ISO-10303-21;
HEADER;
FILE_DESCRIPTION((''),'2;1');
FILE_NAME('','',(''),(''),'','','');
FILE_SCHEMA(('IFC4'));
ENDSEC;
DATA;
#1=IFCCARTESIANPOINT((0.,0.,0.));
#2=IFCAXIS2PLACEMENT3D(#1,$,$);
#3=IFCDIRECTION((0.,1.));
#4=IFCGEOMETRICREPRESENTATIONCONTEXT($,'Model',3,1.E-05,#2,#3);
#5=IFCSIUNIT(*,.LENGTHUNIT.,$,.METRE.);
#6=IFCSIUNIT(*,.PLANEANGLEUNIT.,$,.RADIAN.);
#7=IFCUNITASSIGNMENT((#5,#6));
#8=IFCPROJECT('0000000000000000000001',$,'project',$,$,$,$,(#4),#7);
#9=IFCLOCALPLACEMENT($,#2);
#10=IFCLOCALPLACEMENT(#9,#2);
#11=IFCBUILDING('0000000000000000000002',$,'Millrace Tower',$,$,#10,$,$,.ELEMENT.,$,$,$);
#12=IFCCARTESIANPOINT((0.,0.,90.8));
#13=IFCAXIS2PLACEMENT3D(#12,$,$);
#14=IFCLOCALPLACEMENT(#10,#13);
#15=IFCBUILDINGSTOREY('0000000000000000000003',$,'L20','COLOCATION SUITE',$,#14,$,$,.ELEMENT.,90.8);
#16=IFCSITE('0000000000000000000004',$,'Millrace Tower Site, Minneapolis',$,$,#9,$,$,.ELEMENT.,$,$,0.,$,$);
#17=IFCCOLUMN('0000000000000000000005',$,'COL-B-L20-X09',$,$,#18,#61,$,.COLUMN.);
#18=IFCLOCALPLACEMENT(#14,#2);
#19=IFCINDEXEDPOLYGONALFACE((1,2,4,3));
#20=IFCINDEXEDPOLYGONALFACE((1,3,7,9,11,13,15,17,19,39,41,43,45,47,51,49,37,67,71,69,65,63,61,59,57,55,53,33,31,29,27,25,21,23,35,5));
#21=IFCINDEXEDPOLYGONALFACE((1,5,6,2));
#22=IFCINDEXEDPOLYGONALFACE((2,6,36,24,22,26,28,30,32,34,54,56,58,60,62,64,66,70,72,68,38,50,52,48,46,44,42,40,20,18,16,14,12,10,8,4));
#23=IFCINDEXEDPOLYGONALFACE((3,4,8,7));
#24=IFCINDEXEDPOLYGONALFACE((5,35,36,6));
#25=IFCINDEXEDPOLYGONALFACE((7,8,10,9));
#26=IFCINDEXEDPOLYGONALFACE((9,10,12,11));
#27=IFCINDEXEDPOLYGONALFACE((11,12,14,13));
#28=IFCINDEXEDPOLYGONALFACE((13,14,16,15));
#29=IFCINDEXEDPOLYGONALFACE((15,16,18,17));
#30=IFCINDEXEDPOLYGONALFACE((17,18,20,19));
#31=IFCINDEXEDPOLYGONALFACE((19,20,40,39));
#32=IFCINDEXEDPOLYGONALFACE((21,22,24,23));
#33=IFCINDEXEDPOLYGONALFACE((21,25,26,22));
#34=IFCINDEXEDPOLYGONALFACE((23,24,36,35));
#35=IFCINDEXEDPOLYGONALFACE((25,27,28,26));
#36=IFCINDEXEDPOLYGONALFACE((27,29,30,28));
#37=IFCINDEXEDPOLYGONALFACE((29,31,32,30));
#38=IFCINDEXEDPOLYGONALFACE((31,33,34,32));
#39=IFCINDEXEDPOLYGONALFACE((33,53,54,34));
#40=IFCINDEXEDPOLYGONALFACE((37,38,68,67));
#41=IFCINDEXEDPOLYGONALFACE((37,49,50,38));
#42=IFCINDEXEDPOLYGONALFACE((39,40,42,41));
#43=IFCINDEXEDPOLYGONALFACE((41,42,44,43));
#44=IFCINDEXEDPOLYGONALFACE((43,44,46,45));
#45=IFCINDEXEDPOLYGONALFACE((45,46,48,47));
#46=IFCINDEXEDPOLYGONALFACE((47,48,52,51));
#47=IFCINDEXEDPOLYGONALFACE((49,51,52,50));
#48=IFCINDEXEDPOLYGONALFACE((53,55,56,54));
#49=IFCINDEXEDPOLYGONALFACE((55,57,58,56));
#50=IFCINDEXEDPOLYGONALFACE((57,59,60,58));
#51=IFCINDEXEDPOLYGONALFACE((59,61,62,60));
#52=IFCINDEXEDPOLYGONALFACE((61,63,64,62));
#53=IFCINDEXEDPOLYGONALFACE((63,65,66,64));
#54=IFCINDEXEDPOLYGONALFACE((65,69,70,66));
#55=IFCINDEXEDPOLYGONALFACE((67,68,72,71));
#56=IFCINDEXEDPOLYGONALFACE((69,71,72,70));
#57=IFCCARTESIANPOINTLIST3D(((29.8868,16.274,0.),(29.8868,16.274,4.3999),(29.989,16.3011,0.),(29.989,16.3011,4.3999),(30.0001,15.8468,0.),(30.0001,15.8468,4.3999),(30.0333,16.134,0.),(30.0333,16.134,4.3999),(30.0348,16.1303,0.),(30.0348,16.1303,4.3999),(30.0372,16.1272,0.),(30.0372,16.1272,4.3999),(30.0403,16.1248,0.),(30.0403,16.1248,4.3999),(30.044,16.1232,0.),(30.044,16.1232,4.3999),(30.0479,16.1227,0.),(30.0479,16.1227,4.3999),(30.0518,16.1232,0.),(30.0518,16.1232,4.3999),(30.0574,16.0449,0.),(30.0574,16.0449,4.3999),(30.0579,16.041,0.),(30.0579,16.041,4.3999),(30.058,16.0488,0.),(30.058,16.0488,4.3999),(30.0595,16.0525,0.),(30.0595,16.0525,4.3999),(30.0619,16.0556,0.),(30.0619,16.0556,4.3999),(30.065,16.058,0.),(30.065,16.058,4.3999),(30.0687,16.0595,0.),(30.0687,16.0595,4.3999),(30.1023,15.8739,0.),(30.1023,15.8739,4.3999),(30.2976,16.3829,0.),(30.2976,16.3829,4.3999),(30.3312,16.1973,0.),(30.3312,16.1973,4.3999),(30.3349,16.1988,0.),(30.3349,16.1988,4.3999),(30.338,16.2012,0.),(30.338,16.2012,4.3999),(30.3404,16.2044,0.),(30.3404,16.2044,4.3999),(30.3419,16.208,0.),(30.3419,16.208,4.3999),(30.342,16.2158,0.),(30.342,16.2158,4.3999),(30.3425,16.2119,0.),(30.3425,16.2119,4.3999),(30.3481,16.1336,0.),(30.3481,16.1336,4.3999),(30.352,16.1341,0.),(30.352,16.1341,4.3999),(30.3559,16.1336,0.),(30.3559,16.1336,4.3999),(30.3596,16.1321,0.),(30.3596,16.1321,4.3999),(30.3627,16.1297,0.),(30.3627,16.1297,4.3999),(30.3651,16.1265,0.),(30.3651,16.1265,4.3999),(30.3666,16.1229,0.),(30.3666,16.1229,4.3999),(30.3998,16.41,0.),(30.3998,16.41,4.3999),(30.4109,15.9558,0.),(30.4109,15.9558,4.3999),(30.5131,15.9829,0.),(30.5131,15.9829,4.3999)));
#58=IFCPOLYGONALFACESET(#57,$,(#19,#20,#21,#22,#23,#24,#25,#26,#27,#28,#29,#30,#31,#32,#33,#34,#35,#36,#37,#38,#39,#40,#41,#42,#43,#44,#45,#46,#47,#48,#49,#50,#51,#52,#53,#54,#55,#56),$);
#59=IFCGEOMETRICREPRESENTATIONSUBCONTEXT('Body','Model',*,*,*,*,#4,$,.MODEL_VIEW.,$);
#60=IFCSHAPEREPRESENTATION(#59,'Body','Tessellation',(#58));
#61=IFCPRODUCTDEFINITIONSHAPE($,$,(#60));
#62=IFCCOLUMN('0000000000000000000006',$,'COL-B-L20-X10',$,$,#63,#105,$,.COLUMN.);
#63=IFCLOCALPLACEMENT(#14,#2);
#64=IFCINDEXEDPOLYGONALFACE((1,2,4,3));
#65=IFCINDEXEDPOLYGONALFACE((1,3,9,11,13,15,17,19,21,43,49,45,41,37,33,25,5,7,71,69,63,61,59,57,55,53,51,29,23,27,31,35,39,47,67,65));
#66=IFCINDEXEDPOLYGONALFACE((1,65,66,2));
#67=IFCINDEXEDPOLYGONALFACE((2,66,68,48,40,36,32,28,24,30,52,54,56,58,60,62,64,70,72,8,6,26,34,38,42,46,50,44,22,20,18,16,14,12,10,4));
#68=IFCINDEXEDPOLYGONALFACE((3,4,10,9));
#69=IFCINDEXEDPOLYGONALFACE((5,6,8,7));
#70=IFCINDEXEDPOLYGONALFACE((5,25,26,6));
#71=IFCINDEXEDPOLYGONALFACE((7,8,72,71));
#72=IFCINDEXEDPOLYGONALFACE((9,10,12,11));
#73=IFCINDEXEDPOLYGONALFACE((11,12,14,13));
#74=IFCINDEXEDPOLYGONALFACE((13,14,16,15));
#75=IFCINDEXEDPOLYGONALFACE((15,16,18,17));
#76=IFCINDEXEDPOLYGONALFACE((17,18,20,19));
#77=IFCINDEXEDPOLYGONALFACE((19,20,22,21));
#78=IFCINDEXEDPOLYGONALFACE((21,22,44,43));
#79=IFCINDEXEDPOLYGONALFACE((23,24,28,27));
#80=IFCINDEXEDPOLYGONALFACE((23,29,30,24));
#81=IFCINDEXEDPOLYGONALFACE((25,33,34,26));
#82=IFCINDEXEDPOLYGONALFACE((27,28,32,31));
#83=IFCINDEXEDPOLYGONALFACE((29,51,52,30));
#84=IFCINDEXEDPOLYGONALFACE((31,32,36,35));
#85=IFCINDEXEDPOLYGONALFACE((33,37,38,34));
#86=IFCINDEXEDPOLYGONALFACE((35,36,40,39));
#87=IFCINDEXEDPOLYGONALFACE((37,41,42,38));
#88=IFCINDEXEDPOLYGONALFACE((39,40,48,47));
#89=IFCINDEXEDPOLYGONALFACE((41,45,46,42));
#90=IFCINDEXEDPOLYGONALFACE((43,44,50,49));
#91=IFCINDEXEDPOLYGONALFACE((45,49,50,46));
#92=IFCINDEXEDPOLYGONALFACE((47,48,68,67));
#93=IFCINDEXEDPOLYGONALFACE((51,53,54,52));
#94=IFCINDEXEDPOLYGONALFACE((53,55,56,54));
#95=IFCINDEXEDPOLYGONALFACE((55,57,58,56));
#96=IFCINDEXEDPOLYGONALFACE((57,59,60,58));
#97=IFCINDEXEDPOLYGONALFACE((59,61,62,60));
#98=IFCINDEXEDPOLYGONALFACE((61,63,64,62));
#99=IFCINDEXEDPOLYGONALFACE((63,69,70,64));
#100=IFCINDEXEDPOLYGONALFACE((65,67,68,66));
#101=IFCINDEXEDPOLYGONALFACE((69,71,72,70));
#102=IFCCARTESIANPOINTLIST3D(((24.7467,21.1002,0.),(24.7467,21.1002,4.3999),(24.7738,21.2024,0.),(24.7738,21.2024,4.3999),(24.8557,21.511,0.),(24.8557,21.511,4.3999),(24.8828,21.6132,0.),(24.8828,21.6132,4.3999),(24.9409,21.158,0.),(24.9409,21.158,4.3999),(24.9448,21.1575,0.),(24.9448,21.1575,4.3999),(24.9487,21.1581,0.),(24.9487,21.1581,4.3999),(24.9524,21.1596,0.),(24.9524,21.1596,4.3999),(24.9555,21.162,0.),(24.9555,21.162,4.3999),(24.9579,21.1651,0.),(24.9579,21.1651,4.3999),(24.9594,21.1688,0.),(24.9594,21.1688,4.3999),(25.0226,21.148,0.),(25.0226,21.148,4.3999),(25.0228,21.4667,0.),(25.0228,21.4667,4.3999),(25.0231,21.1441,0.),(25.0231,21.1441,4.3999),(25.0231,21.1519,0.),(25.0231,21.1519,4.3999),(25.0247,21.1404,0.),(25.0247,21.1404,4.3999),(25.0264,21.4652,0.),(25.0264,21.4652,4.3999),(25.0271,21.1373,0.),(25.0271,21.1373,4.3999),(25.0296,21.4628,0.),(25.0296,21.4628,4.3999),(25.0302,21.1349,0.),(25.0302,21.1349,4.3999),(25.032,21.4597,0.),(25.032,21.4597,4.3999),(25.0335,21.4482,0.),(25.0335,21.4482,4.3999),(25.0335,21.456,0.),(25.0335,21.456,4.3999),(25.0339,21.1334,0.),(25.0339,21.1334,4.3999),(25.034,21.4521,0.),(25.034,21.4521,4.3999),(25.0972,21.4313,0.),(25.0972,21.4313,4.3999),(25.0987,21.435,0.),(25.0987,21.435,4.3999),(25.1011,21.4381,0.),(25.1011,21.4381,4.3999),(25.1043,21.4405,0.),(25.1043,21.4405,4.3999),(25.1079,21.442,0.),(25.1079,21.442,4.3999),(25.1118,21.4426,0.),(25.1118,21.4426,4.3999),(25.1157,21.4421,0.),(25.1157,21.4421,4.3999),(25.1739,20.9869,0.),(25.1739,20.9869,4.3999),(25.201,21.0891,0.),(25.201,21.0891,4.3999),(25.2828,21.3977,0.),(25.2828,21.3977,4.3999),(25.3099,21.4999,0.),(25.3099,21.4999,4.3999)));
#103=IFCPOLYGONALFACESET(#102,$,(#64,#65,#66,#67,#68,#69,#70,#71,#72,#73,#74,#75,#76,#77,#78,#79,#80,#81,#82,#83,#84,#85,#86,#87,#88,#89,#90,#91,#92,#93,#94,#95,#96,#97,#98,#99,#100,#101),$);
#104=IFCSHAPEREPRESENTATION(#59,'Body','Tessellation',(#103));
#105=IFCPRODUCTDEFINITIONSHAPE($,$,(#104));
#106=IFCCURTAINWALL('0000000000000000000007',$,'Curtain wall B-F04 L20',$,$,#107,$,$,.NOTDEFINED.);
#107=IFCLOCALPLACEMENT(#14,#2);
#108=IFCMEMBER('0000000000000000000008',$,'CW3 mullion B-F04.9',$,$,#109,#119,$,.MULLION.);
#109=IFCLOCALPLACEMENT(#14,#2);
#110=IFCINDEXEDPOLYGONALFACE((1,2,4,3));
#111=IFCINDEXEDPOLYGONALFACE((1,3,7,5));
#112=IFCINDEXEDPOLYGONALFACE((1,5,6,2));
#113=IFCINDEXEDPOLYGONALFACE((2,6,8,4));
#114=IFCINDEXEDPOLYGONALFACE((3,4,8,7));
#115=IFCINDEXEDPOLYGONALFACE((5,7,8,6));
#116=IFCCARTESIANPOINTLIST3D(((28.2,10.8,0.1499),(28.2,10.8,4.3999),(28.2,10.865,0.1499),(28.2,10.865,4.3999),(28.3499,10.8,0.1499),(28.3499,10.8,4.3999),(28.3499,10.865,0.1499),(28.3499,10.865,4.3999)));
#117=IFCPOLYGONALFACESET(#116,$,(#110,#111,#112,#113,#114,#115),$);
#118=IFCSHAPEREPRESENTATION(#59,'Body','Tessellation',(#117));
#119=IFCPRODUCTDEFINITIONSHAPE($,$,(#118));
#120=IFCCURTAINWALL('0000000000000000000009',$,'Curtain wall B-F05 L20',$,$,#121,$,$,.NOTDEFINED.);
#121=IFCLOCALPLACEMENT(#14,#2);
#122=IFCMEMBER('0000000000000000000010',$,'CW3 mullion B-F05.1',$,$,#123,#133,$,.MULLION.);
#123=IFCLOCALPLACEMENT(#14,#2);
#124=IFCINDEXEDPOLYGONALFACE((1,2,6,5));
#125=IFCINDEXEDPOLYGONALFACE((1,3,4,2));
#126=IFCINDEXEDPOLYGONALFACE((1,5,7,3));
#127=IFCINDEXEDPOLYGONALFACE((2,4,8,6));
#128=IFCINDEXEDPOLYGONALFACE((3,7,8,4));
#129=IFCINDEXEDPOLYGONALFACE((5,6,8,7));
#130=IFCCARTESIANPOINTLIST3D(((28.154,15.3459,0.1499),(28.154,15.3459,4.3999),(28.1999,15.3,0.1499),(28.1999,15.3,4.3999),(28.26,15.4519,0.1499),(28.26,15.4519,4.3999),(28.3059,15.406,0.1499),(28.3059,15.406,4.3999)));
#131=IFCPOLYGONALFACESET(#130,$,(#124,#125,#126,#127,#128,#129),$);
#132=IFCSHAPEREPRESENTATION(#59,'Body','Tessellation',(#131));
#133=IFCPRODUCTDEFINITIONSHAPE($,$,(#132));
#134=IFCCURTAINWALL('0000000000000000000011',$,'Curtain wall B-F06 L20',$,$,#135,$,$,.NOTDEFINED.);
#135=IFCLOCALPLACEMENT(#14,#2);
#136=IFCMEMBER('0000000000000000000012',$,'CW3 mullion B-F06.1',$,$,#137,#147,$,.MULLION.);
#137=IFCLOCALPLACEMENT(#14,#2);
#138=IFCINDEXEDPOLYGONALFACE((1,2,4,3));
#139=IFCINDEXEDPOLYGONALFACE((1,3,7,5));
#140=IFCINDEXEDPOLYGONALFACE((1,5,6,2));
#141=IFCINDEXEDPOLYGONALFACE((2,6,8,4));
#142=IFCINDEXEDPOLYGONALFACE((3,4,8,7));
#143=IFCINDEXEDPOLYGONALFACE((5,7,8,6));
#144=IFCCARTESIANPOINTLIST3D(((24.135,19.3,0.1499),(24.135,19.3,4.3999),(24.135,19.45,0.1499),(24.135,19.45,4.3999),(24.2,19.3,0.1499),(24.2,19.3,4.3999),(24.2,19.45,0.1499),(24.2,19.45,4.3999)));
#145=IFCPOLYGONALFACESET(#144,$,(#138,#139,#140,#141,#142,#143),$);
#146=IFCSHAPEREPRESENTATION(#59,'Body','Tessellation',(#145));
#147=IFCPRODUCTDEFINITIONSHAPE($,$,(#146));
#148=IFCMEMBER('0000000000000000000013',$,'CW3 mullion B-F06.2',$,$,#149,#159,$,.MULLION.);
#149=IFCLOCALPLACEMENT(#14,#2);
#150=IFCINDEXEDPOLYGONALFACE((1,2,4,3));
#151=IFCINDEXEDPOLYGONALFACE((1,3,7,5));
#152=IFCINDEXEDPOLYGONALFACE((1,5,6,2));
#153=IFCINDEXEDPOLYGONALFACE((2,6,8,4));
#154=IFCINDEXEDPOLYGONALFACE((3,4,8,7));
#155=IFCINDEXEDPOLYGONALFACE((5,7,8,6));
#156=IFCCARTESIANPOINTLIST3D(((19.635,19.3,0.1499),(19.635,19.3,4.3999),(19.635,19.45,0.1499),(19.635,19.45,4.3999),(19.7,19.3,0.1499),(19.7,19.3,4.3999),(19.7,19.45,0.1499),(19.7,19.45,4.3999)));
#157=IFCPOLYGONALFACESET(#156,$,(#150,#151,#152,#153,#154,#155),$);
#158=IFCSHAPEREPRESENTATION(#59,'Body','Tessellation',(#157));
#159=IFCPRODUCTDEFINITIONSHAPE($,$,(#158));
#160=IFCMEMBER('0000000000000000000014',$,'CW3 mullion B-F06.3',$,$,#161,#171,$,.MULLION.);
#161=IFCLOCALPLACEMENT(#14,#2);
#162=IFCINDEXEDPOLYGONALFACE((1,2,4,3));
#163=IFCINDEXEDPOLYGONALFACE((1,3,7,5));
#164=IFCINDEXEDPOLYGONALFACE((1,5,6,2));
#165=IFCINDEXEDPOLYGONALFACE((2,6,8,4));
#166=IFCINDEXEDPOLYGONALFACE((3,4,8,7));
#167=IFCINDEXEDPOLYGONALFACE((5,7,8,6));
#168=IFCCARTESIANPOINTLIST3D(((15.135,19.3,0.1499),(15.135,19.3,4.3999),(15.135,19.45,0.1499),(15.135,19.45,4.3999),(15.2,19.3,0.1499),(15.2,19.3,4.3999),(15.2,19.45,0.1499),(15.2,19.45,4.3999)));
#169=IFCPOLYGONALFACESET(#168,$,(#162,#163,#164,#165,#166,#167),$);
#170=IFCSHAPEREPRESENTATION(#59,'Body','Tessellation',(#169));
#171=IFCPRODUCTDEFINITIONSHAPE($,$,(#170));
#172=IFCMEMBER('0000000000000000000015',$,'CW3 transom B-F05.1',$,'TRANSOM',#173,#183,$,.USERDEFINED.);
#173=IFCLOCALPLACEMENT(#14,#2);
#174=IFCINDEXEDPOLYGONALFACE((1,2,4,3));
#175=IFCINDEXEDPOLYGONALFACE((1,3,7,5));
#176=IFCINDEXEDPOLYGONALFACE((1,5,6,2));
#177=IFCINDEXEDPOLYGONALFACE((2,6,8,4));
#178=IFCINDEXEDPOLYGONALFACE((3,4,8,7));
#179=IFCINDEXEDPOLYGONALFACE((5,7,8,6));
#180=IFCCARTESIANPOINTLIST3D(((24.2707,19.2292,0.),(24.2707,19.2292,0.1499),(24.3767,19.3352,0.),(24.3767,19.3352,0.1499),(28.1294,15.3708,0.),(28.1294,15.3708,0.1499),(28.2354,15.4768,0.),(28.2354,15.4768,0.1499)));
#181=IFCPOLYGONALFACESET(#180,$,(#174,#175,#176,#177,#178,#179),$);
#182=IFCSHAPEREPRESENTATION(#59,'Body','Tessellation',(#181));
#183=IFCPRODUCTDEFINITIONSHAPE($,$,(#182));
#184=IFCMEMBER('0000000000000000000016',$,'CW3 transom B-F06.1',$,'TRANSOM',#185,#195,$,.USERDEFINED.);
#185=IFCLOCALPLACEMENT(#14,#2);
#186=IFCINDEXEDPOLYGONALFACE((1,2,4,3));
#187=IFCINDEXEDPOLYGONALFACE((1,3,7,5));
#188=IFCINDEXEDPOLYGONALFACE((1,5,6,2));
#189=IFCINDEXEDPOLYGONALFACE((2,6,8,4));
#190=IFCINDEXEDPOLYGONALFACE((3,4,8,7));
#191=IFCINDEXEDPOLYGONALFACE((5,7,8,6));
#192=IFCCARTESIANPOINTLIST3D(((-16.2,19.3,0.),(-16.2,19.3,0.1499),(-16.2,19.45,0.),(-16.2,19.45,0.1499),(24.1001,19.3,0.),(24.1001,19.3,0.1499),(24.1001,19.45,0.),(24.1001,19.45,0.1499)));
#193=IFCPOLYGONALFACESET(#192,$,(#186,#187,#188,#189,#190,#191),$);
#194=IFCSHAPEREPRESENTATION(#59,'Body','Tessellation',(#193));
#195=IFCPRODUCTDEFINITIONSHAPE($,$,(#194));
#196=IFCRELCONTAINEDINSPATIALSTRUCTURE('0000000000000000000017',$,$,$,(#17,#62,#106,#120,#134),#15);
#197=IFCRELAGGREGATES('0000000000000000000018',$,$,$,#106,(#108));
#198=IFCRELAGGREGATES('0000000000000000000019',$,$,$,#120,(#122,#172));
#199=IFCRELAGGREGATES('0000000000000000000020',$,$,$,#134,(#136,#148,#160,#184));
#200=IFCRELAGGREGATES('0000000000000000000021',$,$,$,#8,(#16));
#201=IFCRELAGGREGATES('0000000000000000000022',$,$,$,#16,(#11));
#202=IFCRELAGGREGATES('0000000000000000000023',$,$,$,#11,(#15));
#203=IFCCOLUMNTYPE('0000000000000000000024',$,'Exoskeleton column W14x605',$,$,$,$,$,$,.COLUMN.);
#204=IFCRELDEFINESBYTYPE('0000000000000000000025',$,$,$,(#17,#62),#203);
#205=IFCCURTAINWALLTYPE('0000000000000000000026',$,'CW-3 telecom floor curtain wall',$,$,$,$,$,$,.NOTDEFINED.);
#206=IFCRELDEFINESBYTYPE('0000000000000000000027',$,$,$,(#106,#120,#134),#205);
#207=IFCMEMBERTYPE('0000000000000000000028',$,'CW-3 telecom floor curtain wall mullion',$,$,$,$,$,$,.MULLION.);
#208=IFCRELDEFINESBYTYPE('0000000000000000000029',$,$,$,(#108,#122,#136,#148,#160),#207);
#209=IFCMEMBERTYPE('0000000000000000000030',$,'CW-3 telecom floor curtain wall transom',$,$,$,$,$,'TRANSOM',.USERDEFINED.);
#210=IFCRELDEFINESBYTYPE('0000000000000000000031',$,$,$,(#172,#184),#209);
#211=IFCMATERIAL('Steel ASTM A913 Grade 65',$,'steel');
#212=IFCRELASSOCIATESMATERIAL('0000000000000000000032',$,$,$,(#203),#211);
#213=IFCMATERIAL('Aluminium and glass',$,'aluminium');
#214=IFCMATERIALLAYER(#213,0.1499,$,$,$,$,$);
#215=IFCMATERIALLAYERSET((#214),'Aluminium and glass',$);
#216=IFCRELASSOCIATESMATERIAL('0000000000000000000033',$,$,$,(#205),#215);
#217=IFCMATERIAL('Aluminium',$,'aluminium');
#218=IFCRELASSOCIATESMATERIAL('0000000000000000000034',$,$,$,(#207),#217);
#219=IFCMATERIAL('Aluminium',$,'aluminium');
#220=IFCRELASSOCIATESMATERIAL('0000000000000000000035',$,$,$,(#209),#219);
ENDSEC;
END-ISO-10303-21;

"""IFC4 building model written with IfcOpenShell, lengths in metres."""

from ifc_helpers import new_model, si_unit, direction, frame, origin, origin_2d, place, context, subcontext, project, spatial, rectangle, i_section, extrude, material, layer, layer_set, material_profile, profile_set, type_object, element, aggregate, save


model = new_model("IFC4")

# Units and contexts
model_context = context("Model", 3, precision=1e-05, world=origin(), true_north=direction((0.0, 1.0)))
body_context = subcontext(model_context, "Body", "Model", "MODEL_VIEW")
ifc_project = project(units=[si_unit("LENGTHUNIT", "METRE"), si_unit("PLANEANGLEUNIT", "RADIAN")], contexts=[model_context])

# Site, building, storey
site_placement = place(None, origin())
site = spatial("IfcSite", under=ifc_project, at=site_placement, Name="Millrace Tower Site, Minneapolis", CompositionType="ELEMENT", RefElevation=0.0)
building_placement = place(site_placement, origin())
building = spatial("IfcBuilding", under=site, at=building_placement, Name="Millrace Tower", CompositionType="ELEMENT")
storey_placement = place(building_placement, frame((0.0, 0.0, 90.8)))
storey = spatial("IfcBuildingStorey", under=building, at=storey_placement, Name="L20", Description="COLOCATION SUITE", CompositionType="ELEMENT", Elevation=90.8)

# Columns
ifc_material_1 = material(Name="Steel ASTM A913 Grade 65", Category="steel")
ifc_material_profile_1 = material_profile(ifc_material_1, i_section(OverallWidth=0.4419, OverallDepth=0.5308, WebThickness=0.0659, FlangeThickness=0.1057, FilletRadius=0.0151, at=origin_2d()))
ifc_profile_set_1 = profile_set([ifc_material_profile_1], Name="Steel ASTM A913 Grade 65")
column_type = type_object("IfcColumnType", Name="Exoskeleton column W14x605", PredefinedType="COLUMN", material=ifc_profile_set_1)
for number, where, z_axis, x_axis, name in (
    (1, (30.2, 16.1284, 0.0), (0.0, 0.0, 1.0), (-0.256347, 0.966585, 0.0), "COL-B-L20-X09"),
    (2, (25.0283, 21.3, 0.0), (0.0, 0.0, 1.0), (-0.966585, 0.256347, 0.0), "COL-B-L20-X10"),
):
    element("IfcColumn", number, at=place(storey_placement, frame(where, z_axis=z_axis, x_axis=x_axis)), inside=storey, type_object=column_type, Name=name, PredefinedType="COLUMN", context=body_context, shape_type="SweptSolid", body=[
        extrude(i_section(OverallWidth=0.4419, OverallDepth=0.5308, WebThickness=0.0659, FlangeThickness=0.1057, FilletRadius=0.0151, at=origin_2d()), origin(), (0.0, 0.0, 1.0), 4.3999),
    ])

# Curtain walls, members
ifc_material_2 = material(Name="Aluminium and glass", Category="aluminium")
ifc_layer_1 = layer(ifc_material_2, 0.1499)
ifc_layer_set_1 = layer_set([ifc_layer_1], Name="Aluminium and glass")
curtain_wall_type = type_object("IfcCurtainWallType", Name="CW-3 telecom floor curtain wall", PredefinedType="NOTDEFINED", material=ifc_layer_set_1)
placement = place(storey_placement, origin())
curtain_wall_1 = element("IfcCurtainWall", 3, at=placement, inside=storey, type_object=curtain_wall_type, Name="Curtain wall B-F04 L20", PredefinedType="NOTDEFINED")
ifc_material_3 = material(Name="Aluminium", Category="aluminium")
ifc_material_profile_2 = material_profile(ifc_material_3, rectangle(XDim=0.0649, YDim=0.1499, at=origin_2d()))
ifc_profile_set_2 = profile_set([ifc_material_profile_2], Name="Aluminium")
member_type_1 = type_object("IfcMemberType", Name="CW-3 telecom floor curtain wall mullion", PredefinedType="MULLION", material=ifc_profile_set_2)
member_1_placement = place(storey_placement, frame((28.2749, 10.8325, 0.1499), z_axis=(0.0, 0.0, 1.0), x_axis=(0.0, 1.0, 0.0)))
member_1 = element("IfcMember", 4, at=member_1_placement, type_object=member_type_1, Name="CW3 mullion B-F04.9", PredefinedType="MULLION", context=body_context, shape_type="SweptSolid", body=[
    extrude(rectangle(XDim=0.0649, YDim=0.1499, at=origin_2d()), origin(), (0.0, 0.0, 1.0), 4.25),
])
aggregate(curtain_wall_1, [member_1])
curtain_wall_2 = element("IfcCurtainWall", 5, at=placement, inside=storey, type_object=curtain_wall_type, Name="Curtain wall B-F05 L20", PredefinedType="NOTDEFINED")
member_2_placement = place(storey_placement, frame((28.23, 15.376, 0.1499), z_axis=(0.0, 0.0, 1.0), x_axis=(-0.707107, 0.707107, 0.0)))
member_2 = element("IfcMember", 6, at=member_2_placement, type_object=member_type_1, Name="CW3 mullion B-F05.1", PredefinedType="MULLION", context=body_context, shape_type="SweptSolid", body=[
    extrude(rectangle(XDim=0.0649, YDim=0.1499, at=origin_2d()), origin(), (0.0, 0.0, 1.0), 4.25),
])

# Curtain wall, members
curtain_wall_3 = element("IfcCurtainWall", 7, at=placement, inside=storey, type_object=curtain_wall_type, Name="Curtain wall B-F06 L20", PredefinedType="NOTDEFINED")
member_3_placement = place(storey_placement, frame((24.1675, 19.375, 0.1499), z_axis=(0.0, 0.0, 1.0), x_axis=(-1.0, 0.0, 0.0)))
member_3 = element("IfcMember", 8, at=member_3_placement, type_object=member_type_1, Name="CW3 mullion B-F06.1", PredefinedType="MULLION", context=body_context, shape_type="SweptSolid", body=[
    extrude(rectangle(XDim=0.0649, YDim=0.1499, at=origin_2d()), origin(), (0.0, 0.0, 1.0), 4.25),
])
member_4_placement = place(storey_placement, frame((19.6675, 19.375, 0.1499), z_axis=(0.0, 0.0, 1.0), x_axis=(-1.0, 0.0, 0.0)))
member_4 = element("IfcMember", 9, at=member_4_placement, type_object=member_type_1, Name="CW3 mullion B-F06.2", PredefinedType="MULLION", context=body_context, shape_type="SweptSolid", body=[
    extrude(rectangle(XDim=0.0649, YDim=0.1499, at=origin_2d()), origin(), (0.0, 0.0, 1.0), 4.25),
])
member_5_placement = place(storey_placement, frame((15.1675, 19.375, 0.1499), z_axis=(0.0, 0.0, 1.0), x_axis=(-1.0, 0.0, 0.0)))
member_5 = element("IfcMember", 10, at=member_5_placement, type_object=member_type_1, Name="CW3 mullion B-F06.3", PredefinedType="MULLION", context=body_context, shape_type="SweptSolid", body=[
    extrude(rectangle(XDim=0.0649, YDim=0.1499, at=origin_2d()), origin(), (0.0, 0.0, 1.0), 4.25),
])

# Members
ifc_material_4 = material(Name="Aluminium", Category="aluminium")
ifc_material_profile_3 = material_profile(ifc_material_4, rectangle(XDim=0.1499, YDim=0.1499, at=origin_2d()))
ifc_profile_set_3 = profile_set([ifc_material_profile_3], Name="Aluminium")
member_type_2 = type_object("IfcMemberType", Name="CW-3 telecom floor curtain wall transom", ElementType="TRANSOM", PredefinedType="USERDEFINED", material=ifc_profile_set_3)
member_6_placement = place(storey_placement, frame((28.1824, 15.4238, 0.075), z_axis=(-0.707129, 0.707084, 0.0), x_axis=(-0.707084, -0.707129, 0.0)))
member_6 = element("IfcMember", 11, at=member_6_placement, type_object=member_type_2, Name="CW3 transom B-F05.1", ObjectType="TRANSOM", PredefinedType="USERDEFINED", context=body_context, shape_type="SweptSolid", body=[
    extrude(rectangle(XDim=0.1499, YDim=0.1499, at=origin_2d()), origin(), (0.0, 0.0, 1.0), 5.4568),
])
aggregate(curtain_wall_2, [member_2, member_6])
member_7_placement = place(storey_placement, frame((24.1001, 19.375, 0.075), z_axis=(-1.0, 0.0, 0.0), x_axis=(0.0, -1.0, 0.0)))
member_7 = element("IfcMember", 12, at=member_7_placement, type_object=member_type_2, Name="CW3 transom B-F06.1", ObjectType="TRANSOM", PredefinedType="USERDEFINED", context=body_context, shape_type="SweptSolid", body=[
    extrude(rectangle(XDim=0.1499, YDim=0.1499, at=origin_2d()), origin(), (0.0, 0.0, 1.0), 40.3),
])
aggregate(curtain_wall_3, [member_3, member_4, member_5, member_7])

save(model, "model.ifc")
